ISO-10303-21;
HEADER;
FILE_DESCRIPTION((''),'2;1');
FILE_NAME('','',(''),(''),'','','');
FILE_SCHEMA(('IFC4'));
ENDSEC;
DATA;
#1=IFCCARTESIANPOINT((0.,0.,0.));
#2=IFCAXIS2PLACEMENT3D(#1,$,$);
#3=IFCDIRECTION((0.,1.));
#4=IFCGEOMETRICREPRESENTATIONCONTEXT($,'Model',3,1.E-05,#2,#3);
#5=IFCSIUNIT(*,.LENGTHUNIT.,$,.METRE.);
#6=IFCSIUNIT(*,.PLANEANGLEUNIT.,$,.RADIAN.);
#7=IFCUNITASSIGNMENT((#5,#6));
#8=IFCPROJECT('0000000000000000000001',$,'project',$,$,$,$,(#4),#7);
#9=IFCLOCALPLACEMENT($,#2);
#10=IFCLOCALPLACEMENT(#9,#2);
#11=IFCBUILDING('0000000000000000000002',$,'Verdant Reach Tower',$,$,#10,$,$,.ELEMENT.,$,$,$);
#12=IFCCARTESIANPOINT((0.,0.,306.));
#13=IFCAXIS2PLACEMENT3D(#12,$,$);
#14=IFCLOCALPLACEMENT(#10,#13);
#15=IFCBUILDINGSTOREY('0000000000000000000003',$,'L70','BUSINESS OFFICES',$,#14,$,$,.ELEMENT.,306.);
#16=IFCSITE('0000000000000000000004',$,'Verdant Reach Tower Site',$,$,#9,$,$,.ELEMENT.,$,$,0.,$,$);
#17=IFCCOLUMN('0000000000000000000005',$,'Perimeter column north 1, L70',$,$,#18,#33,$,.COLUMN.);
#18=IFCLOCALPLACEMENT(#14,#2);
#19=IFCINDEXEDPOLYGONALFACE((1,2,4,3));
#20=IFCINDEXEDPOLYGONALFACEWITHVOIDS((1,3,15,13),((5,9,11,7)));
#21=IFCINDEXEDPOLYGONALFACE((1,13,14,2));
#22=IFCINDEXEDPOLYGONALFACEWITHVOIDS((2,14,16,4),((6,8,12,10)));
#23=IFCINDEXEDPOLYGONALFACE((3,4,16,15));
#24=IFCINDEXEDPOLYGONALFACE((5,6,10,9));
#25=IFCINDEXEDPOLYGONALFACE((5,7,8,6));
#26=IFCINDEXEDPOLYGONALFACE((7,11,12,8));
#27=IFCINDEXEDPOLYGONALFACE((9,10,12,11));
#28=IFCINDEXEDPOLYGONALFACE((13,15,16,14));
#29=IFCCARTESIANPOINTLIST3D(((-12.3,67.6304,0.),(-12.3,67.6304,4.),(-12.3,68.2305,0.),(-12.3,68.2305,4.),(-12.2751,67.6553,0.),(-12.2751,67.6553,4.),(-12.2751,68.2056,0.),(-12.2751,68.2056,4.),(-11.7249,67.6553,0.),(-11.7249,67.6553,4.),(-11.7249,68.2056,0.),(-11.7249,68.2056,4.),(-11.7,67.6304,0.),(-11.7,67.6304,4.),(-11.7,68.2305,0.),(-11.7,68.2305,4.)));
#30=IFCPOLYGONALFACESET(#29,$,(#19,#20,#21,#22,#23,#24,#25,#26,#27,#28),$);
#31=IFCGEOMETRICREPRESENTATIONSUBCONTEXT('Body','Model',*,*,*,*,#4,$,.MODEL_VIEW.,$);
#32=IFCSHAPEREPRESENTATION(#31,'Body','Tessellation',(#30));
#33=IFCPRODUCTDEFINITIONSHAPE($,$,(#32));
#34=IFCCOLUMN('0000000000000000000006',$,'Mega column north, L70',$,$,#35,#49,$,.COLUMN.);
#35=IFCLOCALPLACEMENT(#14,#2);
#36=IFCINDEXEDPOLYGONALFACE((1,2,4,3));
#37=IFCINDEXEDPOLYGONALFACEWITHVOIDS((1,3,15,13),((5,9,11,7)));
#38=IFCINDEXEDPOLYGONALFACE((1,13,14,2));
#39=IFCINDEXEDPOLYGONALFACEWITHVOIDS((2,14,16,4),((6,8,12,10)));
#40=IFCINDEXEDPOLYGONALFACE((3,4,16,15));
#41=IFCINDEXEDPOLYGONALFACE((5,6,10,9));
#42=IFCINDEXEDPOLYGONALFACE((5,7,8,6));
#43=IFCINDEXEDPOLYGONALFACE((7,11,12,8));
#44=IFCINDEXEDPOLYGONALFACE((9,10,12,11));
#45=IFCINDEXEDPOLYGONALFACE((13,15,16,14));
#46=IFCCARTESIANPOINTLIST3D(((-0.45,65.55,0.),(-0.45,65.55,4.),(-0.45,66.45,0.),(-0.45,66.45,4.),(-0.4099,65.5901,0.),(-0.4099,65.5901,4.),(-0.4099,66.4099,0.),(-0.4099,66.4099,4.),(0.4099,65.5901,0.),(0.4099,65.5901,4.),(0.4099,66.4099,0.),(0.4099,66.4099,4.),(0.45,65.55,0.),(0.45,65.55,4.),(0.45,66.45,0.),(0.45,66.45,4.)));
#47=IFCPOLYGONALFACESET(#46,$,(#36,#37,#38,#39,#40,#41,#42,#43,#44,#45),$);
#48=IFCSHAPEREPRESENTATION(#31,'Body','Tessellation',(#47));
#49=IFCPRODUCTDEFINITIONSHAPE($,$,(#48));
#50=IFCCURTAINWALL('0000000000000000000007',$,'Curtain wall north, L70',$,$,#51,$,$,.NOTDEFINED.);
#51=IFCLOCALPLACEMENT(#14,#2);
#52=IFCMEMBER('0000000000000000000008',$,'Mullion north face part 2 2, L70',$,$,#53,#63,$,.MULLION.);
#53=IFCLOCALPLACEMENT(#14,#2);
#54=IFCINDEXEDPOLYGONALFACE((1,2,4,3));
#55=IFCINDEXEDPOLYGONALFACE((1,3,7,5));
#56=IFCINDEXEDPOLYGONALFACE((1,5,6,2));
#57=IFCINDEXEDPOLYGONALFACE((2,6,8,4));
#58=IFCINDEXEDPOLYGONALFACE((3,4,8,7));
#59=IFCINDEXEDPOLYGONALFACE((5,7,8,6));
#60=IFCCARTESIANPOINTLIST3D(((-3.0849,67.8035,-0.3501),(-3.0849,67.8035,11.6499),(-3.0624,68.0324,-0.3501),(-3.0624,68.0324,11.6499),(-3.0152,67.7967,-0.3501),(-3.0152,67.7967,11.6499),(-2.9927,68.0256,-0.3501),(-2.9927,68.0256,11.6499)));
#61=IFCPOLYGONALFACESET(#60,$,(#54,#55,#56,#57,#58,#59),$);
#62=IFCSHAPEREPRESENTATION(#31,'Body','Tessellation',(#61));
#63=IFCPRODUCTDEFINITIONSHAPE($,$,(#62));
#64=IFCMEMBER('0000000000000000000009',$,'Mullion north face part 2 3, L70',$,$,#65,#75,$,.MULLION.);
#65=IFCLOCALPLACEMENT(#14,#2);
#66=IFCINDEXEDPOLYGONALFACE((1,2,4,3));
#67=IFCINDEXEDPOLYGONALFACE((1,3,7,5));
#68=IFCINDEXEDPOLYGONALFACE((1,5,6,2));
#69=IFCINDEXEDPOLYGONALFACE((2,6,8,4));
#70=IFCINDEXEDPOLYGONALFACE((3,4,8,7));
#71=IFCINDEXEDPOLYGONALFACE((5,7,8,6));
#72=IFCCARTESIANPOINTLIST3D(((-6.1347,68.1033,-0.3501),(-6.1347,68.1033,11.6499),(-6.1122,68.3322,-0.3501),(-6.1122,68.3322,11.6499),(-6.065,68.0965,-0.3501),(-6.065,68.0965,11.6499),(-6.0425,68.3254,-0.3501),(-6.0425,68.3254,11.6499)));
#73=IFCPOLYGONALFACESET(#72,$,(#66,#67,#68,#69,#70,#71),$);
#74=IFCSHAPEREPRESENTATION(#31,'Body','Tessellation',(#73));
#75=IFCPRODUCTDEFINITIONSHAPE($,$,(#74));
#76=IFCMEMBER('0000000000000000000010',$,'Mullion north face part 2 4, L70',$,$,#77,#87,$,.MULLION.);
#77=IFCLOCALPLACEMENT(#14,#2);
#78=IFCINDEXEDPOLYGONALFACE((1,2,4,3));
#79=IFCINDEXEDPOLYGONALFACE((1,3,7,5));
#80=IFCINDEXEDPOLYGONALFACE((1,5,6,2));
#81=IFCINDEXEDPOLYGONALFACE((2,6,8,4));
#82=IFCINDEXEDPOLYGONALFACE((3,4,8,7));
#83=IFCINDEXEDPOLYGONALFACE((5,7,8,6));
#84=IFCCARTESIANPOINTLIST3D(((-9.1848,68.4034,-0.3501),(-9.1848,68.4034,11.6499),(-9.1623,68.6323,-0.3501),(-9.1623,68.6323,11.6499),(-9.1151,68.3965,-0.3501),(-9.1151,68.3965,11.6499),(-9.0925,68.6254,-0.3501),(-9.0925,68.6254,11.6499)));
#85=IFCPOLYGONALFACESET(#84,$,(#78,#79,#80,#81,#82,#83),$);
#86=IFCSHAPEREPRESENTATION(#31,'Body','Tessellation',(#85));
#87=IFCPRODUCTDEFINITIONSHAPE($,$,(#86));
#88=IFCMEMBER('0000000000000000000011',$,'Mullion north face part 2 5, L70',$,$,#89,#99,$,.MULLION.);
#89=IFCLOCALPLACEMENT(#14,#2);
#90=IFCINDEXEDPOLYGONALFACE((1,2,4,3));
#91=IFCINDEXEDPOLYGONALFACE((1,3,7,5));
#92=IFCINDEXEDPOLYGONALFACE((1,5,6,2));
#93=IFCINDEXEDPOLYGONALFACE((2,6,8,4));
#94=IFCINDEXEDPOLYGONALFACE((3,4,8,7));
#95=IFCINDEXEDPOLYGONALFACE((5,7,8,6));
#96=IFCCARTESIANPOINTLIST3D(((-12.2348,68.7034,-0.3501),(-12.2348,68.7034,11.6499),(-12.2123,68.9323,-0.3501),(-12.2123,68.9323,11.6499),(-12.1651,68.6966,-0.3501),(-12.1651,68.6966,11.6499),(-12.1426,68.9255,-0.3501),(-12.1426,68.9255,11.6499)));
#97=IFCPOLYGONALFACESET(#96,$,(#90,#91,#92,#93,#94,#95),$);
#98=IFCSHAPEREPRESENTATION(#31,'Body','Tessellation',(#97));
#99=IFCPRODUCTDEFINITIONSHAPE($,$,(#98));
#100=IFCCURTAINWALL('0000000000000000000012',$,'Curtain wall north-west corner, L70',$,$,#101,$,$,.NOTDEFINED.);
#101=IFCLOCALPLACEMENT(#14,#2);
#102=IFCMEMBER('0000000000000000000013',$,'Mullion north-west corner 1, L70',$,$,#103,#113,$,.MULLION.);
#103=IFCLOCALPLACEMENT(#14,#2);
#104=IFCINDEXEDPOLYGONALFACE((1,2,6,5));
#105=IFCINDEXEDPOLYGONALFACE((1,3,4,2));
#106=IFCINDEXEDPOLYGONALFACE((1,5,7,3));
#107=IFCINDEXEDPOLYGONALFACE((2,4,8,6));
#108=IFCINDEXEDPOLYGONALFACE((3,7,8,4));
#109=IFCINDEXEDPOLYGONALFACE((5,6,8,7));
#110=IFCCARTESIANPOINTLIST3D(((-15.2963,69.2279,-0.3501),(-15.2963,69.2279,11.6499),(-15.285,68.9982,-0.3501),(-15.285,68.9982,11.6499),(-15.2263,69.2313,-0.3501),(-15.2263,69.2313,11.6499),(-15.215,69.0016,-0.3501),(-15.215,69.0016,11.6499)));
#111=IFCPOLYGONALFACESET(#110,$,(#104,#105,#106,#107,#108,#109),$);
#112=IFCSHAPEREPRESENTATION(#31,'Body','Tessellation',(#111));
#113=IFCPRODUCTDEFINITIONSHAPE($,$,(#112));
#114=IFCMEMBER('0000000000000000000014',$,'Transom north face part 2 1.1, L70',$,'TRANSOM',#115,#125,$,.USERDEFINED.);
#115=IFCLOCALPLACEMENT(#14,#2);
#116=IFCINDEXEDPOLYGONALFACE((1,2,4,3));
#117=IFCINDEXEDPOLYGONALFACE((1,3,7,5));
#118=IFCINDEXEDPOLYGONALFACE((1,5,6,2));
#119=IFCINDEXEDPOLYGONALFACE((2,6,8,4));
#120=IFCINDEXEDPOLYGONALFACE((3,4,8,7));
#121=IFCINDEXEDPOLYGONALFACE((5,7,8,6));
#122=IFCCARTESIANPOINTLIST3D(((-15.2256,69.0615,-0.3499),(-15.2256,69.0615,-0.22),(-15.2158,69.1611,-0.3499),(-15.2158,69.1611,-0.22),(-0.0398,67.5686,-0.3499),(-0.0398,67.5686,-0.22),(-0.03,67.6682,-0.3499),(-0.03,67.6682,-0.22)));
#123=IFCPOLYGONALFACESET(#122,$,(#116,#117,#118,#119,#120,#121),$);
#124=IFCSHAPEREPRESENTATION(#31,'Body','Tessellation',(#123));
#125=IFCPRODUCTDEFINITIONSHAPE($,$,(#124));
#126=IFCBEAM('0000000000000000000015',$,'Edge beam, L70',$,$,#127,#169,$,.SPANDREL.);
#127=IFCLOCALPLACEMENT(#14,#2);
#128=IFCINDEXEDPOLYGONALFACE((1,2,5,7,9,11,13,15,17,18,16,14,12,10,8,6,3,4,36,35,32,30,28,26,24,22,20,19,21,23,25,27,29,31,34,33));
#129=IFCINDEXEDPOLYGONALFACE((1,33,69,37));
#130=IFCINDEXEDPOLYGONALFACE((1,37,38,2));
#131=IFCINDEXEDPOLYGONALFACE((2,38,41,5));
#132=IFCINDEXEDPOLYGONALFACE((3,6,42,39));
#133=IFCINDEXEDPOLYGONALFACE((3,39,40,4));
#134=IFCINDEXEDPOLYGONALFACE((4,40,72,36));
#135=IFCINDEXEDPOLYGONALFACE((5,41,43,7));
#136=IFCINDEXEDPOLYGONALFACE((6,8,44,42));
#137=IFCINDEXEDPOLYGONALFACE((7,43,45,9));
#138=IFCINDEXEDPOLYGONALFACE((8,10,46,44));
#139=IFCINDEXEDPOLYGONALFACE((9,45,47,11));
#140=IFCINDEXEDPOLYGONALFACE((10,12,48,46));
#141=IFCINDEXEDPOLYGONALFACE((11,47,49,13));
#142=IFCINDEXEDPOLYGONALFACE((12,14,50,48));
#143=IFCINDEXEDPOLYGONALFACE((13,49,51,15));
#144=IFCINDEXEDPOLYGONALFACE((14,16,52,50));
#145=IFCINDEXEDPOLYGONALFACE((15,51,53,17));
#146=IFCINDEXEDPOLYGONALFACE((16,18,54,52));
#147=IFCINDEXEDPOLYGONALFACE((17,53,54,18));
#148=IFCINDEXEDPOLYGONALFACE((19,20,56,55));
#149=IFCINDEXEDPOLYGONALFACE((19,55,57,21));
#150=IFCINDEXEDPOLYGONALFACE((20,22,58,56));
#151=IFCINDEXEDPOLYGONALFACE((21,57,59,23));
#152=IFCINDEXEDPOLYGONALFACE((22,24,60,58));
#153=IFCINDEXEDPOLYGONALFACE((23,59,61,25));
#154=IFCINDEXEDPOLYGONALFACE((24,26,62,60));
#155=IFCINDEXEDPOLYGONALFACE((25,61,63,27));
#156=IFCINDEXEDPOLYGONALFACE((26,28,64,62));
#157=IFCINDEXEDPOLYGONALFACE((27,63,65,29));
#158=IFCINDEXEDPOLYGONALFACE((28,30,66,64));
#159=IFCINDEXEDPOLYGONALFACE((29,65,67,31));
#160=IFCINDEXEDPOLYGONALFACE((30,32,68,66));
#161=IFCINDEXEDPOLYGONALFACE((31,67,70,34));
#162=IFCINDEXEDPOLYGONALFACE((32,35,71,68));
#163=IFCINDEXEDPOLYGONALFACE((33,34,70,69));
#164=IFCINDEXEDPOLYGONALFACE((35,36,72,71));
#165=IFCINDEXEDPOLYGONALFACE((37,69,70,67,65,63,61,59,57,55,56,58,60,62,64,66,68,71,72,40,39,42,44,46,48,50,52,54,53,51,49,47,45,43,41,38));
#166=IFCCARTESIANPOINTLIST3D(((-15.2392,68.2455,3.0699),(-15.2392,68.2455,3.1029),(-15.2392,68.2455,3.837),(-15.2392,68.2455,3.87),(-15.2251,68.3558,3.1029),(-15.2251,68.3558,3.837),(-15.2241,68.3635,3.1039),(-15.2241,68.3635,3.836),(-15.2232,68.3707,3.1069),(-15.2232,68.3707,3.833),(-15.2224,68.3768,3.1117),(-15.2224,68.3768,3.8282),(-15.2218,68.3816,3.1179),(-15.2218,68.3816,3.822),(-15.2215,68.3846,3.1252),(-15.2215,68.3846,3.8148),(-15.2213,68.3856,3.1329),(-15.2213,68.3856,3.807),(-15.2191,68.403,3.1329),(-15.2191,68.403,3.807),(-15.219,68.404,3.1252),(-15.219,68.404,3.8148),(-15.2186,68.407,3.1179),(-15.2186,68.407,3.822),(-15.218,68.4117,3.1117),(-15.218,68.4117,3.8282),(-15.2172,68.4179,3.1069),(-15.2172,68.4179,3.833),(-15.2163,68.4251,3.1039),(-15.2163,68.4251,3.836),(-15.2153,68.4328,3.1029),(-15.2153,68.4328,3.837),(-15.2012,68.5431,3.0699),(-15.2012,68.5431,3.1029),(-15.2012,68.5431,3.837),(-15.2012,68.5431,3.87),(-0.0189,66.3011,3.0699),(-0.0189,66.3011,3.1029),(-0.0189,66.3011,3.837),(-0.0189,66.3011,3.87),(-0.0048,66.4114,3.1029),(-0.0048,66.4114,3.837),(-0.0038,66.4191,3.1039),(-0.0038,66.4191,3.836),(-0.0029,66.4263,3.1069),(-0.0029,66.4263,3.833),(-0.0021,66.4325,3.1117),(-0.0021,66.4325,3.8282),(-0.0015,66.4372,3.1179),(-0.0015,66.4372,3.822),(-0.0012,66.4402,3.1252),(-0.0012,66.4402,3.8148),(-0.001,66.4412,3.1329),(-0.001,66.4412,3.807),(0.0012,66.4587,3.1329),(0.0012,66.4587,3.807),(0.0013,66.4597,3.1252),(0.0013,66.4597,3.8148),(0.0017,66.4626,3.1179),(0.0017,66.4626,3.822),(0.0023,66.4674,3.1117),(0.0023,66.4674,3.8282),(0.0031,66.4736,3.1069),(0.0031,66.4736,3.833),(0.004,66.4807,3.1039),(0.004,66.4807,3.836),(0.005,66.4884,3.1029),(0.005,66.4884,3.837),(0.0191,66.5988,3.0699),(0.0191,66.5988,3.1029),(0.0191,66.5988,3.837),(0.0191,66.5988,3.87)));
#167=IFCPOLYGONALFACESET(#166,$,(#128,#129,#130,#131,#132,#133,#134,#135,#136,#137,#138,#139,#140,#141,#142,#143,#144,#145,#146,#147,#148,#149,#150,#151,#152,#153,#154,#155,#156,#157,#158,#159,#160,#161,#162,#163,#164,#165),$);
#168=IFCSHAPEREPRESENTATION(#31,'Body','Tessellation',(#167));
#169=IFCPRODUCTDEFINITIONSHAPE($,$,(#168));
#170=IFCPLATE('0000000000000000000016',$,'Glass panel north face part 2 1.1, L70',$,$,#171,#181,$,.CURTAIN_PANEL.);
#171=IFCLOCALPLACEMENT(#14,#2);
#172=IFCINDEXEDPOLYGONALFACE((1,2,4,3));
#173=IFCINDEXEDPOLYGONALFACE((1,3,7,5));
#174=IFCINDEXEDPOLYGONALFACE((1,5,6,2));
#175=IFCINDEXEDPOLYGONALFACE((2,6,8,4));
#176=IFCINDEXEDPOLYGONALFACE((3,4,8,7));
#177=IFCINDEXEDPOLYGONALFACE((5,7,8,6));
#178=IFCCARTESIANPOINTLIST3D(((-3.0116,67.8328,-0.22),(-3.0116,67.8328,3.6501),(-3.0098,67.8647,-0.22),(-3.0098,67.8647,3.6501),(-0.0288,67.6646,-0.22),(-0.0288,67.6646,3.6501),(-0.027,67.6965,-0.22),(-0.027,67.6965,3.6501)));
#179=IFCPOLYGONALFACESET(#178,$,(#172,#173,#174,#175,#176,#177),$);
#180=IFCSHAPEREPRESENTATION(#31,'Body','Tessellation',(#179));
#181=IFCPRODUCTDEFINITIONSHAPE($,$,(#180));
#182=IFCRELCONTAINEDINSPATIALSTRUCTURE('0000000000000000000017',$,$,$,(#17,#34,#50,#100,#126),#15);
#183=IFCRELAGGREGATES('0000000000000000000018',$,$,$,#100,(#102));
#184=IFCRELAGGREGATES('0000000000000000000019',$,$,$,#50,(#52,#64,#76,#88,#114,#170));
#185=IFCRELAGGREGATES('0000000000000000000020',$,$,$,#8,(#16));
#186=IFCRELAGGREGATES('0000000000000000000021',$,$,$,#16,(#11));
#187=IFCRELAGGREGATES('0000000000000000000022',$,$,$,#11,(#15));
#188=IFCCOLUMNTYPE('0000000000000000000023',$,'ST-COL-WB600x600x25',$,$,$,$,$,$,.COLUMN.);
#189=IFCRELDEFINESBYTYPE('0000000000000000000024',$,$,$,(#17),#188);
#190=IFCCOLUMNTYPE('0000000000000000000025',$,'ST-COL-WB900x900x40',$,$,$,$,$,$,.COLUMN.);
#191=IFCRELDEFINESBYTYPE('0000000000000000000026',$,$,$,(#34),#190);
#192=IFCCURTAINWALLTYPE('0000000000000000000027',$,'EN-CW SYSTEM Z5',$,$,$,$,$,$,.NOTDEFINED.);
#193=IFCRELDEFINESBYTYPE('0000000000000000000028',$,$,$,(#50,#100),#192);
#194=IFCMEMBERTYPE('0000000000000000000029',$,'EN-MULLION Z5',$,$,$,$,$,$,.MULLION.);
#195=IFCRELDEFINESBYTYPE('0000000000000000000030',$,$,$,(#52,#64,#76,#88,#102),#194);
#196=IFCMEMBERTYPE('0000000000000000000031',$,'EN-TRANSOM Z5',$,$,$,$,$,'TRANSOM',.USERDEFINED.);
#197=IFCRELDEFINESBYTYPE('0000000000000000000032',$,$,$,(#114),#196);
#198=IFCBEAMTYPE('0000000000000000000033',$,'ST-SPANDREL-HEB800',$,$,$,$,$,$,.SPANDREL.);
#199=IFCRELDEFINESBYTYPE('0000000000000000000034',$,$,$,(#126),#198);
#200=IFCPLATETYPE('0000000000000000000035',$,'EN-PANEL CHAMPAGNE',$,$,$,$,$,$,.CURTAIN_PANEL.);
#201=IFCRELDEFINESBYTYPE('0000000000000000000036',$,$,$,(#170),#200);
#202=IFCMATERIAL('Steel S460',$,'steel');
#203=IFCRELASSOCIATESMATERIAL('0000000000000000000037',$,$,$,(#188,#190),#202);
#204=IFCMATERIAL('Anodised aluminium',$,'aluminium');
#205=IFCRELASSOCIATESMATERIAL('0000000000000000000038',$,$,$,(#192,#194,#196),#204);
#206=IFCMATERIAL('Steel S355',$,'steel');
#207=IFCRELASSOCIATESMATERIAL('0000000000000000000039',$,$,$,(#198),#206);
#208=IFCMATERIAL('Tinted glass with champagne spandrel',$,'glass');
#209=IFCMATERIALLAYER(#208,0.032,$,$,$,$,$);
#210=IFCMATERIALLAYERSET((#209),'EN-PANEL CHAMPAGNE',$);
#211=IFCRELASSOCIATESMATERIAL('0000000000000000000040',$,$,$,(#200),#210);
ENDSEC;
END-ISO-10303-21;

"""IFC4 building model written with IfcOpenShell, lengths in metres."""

from ifc_helpers import new_model, si_unit, direction, frame, origin, origin_2d, place, context, subcontext, project, spatial, rectangle, hollow_rectangle, i_section, extrude, material, layer, layer_set, material_profile, profile_set, type_object, element, aggregate, save


model = new_model("IFC4")

# Units and contexts
model_context = context("Model", 3, precision=1e-05, world=origin(), true_north=direction((0.0, 1.0)))
body_context = subcontext(model_context, "Body", "Model", "MODEL_VIEW")
ifc_project = project(units=[si_unit("LENGTHUNIT", "METRE"), si_unit("PLANEANGLEUNIT", "RADIAN")], contexts=[model_context])

# Site, building, storey
site_placement = place(None, origin())
site = spatial("IfcSite", under=ifc_project, at=site_placement, Name="Verdant Reach Tower Site", CompositionType="ELEMENT", RefElevation=0.0)
building_placement = place(site_placement, origin())
building = spatial("IfcBuilding", under=site, at=building_placement, Name="Verdant Reach Tower", CompositionType="ELEMENT")
storey_placement = place(building_placement, frame((0.0, 0.0, 306.0)))
storey = spatial("IfcBuildingStorey", under=building, at=storey_placement, Name="L70", Description="BUSINESS OFFICES", CompositionType="ELEMENT", Elevation=306.0)

# Columns
ifc_material_1 = material(Name="Steel S460", Category="steel")
ifc_material_profile_1 = material_profile(ifc_material_1, hollow_rectangle(XDim=0.6001, YDim=0.6001, WallThickness=0.0249, at=origin_2d()), Name="WB 600x600x25")
ifc_profile_set_1 = profile_set([ifc_material_profile_1], Name="Steel S460")
column_type_1 = type_object("IfcColumnType", Name="ST-COL-WB600x600x25", PredefinedType="COLUMN", material=ifc_profile_set_1)
column_1_placement = place(storey_placement, frame((-12.0, 67.9304, 0.0), z_axis=(0.0, 0.0, 1.0), x_axis=(1.0, 0.0, 0.0)))
element("IfcColumn", 1, at=column_1_placement, inside=storey, type_object=column_type_1, Name="Perimeter column north 1, L70", PredefinedType="COLUMN", context=body_context, shape_type="SweptSolid", body=[
    extrude(hollow_rectangle(XDim=0.6001, YDim=0.6001, WallThickness=0.0249, at=origin_2d()), origin(), (0.0, 0.0, 1.0), 4.0),
])
ifc_material_profile_2 = material_profile(ifc_material_1, hollow_rectangle(XDim=0.8999, YDim=0.8999, WallThickness=0.04, at=origin_2d()), Name="WB 900x900x40")
ifc_profile_set_2 = profile_set([ifc_material_profile_2], Name="Steel S460")
column_type_2 = type_object("IfcColumnType", Name="ST-COL-WB900x900x40", PredefinedType="COLUMN", material=ifc_profile_set_2)
column_2_placement = place(storey_placement, frame((0.0, 66.0, 0.0), z_axis=(0.0, 0.0, 1.0), x_axis=(1.0, 0.0, 0.0)))
element("IfcColumn", 2, at=column_2_placement, inside=storey, type_object=column_type_2, Name="Mega column north, L70", PredefinedType="COLUMN", context=body_context, shape_type="SweptSolid", body=[
    extrude(hollow_rectangle(XDim=0.8999, YDim=0.8999, WallThickness=0.04, at=origin_2d()), origin(), (0.0, 0.0, 1.0), 4.0),
])

# Curtain wall, members
ifc_material_2 = material(Name="Anodised aluminium", Category="aluminium")
curtain_wall_type = type_object("IfcCurtainWallType", Name="EN-CW SYSTEM Z5", PredefinedType="NOTDEFINED", material=ifc_material_2)
curtain_wall_1_placement = place(storey_placement, origin())
curtain_wall_1 = element("IfcCurtainWall", 3, at=curtain_wall_1_placement, inside=storey, type_object=curtain_wall_type, Name="Curtain wall north, L70", PredefinedType="NOTDEFINED")
ifc_material_profile_3 = material_profile(ifc_material_2, rectangle(XDim=0.23, YDim=0.0701, at=origin_2d()), Name="Mullion 70x230")
ifc_profile_set_3 = profile_set([ifc_material_profile_3], Name="Anodised aluminium")
member_type_1 = type_object("IfcMemberType", Name="EN-MULLION Z5", PredefinedType="MULLION", material=ifc_profile_set_3)
member_1_placement = place(storey_placement, frame((-3.0388, 67.9146, -0.3501), z_axis=(0.0, 0.0, 1.0), x_axis=(0.097888, 0.995197, 0.0)))
member_1 = element("IfcMember", 4, at=member_1_placement, type_object=member_type_1, Name="Mullion north face part 2 2, L70", PredefinedType="MULLION", context=body_context, shape_type="SweptSolid", body=[
    extrude(rectangle(XDim=0.23, YDim=0.0701, at=origin_2d()), origin(), (0.0, 0.0, 1.0), 12.0),
])
member_2_placement = place(storey_placement, frame((-6.0886, 68.2144, -0.3501), z_axis=(0.0, 0.0, 1.0), x_axis=(0.097888, 0.995197, 0.0)))
member_2 = element("IfcMember", 5, at=member_2_placement, type_object=member_type_1, Name="Mullion north face part 2 3, L70", PredefinedType="MULLION", context=body_context, shape_type="SweptSolid", body=[
    extrude(rectangle(XDim=0.23, YDim=0.0701, at=origin_2d()), origin(), (0.0, 0.0, 1.0), 12.0),
])
member_3_placement = place(storey_placement, frame((-9.1387, 68.5144, -0.3501), z_axis=(0.0, 0.0, 1.0), x_axis=(0.097888, 0.995197, 0.0)))
member_3 = element("IfcMember", 6, at=member_3_placement, type_object=member_type_1, Name="Mullion north face part 2 4, L70", PredefinedType="MULLION", context=body_context, shape_type="SweptSolid", body=[
    extrude(rectangle(XDim=0.23, YDim=0.0701, at=origin_2d()), origin(), (0.0, 0.0, 1.0), 12.0),
])
member_4_placement = place(storey_placement, frame((-12.1887, 68.8145, -0.3501), z_axis=(0.0, 0.0, 1.0), x_axis=(0.097888, 0.995197, 0.0)))
member_4 = element("IfcMember", 7, at=member_4_placement, type_object=member_type_1, Name="Mullion north face part 2 5, L70", PredefinedType="MULLION", context=body_context, shape_type="SweptSolid", body=[
    extrude(rectangle(XDim=0.23, YDim=0.0701, at=origin_2d()), origin(), (0.0, 0.0, 1.0), 12.0),
])

# Curtain wall, member
curtain_wall_2_placement = place(storey_placement, origin())
curtain_wall_2 = element("IfcCurtainWall", 8, at=curtain_wall_2_placement, inside=storey, type_object=curtain_wall_type, Name="Curtain wall north-west corner, L70", PredefinedType="NOTDEFINED")
member_5_placement = place(storey_placement, frame((-15.2556, 69.1147, -0.3501), z_axis=(0.0, 0.0, 1.0), x_axis=(-0.049128, 0.998793, 0.0)))
member_5 = element("IfcMember", 9, at=member_5_placement, type_object=member_type_1, Name="Mullion north-west corner 1, L70", PredefinedType="MULLION", context=body_context, shape_type="SweptSolid", body=[
    extrude(rectangle(XDim=0.23, YDim=0.0701, at=origin_2d()), origin(), (0.0, 0.0, 1.0), 12.0),
])

# Member
ifc_material_profile_4 = material_profile(ifc_material_2, rectangle(XDim=0.1001, YDim=0.1299, at=origin_2d()), Name="Transom 130x100")
ifc_profile_set_4 = profile_set([ifc_material_profile_4], Name="Anodised aluminium")
member_type_2 = type_object("IfcMemberType", Name="EN-TRANSOM Z5", ElementType="TRANSOM", PredefinedType="USERDEFINED", material=ifc_profile_set_4)
member_6_placement = place(storey_placement, frame((-0.0349, 67.6184, -0.2849), z_axis=(-0.995202, 0.097839, 0.0), x_axis=(-0.097839, -0.995202, 0.0)))
member_6 = element("IfcMember", 10, at=member_6_placement, type_object=member_type_2, Name="Transom north face part 2 1.1, L70", ObjectType="TRANSOM", PredefinedType="USERDEFINED", context=body_context, shape_type="SweptSolid", body=[
    extrude(rectangle(XDim=0.1001, YDim=0.1299, at=origin_2d()), origin(), (0.0, 0.0, 1.0), 15.259),
])

# Beam
ifc_material_3 = material(Name="Steel S355", Category="steel")
ifc_material_profile_5 = material_profile(ifc_material_3, i_section(OverallWidth=0.3, OverallDepth=0.8, WebThickness=0.0176, FlangeThickness=0.033, FilletRadius=0.03, at=origin_2d()), Name="HEB 800")
ifc_profile_set_5 = profile_set([ifc_material_profile_5], Name="Steel S355")
beam_type = type_object("IfcBeamType", Name="ST-SPANDREL-HEB800", PredefinedType="SPANDREL", material=ifc_profile_set_5)
beam_placement = place(storey_placement, frame((-15.2202, 68.3943, 3.47), z_axis=(0.991939, -0.126717, 0.0), x_axis=(0.126717, 0.991939, 0.0)))
element("IfcBeam", 11, at=beam_placement, inside=storey, type_object=beam_type, Name="Edge beam, L70", PredefinedType="SPANDREL", context=body_context, shape_type="SweptSolid", body=[
    extrude(i_section(OverallWidth=0.3, OverallDepth=0.8, WebThickness=0.0176, FlangeThickness=0.033, FilletRadius=0.03, at=origin_2d()), origin(), (0.0, 0.0, 1.0), 15.344),
])

# Plate
ifc_material_4 = material(Name="Tinted glass with champagne spandrel", Category="glass")
ifc_layer_1 = layer(ifc_material_4, 0.032)
ifc_layer_set_1 = layer_set([ifc_layer_1], Name="EN-PANEL CHAMPAGNE")
plate_type_1 = type_object("IfcPlateType", Name="EN-PANEL CHAMPAGNE", PredefinedType="CURTAIN_PANEL", material=ifc_layer_set_1)
plate_1_placement = place(storey_placement, frame((-1.5193, 67.7646, -0.22), z_axis=(0.0, 0.0, 1.0), x_axis=(-0.998413, 0.056308, 0.0)))
plate_1 = element("IfcPlate", 12, at=plate_1_placement, type_object=plate_type_1, Name="Glass panel north face part 2 1.1, L70", PredefinedType="CURTAIN_PANEL", context=body_context, shape_type="SweptSolid", body=[
    extrude(rectangle(XDim=2.9875, YDim=0.032, at=origin_2d()), origin(), (0.0, 0.0, 1.0), 3.8701),
])
aggregate(curtain_wall_2, [member_5])
aggregate(curtain_wall_1, [member_1, member_2, member_3, member_4, member_6, plate_1])

save(model, "model.ifc")
